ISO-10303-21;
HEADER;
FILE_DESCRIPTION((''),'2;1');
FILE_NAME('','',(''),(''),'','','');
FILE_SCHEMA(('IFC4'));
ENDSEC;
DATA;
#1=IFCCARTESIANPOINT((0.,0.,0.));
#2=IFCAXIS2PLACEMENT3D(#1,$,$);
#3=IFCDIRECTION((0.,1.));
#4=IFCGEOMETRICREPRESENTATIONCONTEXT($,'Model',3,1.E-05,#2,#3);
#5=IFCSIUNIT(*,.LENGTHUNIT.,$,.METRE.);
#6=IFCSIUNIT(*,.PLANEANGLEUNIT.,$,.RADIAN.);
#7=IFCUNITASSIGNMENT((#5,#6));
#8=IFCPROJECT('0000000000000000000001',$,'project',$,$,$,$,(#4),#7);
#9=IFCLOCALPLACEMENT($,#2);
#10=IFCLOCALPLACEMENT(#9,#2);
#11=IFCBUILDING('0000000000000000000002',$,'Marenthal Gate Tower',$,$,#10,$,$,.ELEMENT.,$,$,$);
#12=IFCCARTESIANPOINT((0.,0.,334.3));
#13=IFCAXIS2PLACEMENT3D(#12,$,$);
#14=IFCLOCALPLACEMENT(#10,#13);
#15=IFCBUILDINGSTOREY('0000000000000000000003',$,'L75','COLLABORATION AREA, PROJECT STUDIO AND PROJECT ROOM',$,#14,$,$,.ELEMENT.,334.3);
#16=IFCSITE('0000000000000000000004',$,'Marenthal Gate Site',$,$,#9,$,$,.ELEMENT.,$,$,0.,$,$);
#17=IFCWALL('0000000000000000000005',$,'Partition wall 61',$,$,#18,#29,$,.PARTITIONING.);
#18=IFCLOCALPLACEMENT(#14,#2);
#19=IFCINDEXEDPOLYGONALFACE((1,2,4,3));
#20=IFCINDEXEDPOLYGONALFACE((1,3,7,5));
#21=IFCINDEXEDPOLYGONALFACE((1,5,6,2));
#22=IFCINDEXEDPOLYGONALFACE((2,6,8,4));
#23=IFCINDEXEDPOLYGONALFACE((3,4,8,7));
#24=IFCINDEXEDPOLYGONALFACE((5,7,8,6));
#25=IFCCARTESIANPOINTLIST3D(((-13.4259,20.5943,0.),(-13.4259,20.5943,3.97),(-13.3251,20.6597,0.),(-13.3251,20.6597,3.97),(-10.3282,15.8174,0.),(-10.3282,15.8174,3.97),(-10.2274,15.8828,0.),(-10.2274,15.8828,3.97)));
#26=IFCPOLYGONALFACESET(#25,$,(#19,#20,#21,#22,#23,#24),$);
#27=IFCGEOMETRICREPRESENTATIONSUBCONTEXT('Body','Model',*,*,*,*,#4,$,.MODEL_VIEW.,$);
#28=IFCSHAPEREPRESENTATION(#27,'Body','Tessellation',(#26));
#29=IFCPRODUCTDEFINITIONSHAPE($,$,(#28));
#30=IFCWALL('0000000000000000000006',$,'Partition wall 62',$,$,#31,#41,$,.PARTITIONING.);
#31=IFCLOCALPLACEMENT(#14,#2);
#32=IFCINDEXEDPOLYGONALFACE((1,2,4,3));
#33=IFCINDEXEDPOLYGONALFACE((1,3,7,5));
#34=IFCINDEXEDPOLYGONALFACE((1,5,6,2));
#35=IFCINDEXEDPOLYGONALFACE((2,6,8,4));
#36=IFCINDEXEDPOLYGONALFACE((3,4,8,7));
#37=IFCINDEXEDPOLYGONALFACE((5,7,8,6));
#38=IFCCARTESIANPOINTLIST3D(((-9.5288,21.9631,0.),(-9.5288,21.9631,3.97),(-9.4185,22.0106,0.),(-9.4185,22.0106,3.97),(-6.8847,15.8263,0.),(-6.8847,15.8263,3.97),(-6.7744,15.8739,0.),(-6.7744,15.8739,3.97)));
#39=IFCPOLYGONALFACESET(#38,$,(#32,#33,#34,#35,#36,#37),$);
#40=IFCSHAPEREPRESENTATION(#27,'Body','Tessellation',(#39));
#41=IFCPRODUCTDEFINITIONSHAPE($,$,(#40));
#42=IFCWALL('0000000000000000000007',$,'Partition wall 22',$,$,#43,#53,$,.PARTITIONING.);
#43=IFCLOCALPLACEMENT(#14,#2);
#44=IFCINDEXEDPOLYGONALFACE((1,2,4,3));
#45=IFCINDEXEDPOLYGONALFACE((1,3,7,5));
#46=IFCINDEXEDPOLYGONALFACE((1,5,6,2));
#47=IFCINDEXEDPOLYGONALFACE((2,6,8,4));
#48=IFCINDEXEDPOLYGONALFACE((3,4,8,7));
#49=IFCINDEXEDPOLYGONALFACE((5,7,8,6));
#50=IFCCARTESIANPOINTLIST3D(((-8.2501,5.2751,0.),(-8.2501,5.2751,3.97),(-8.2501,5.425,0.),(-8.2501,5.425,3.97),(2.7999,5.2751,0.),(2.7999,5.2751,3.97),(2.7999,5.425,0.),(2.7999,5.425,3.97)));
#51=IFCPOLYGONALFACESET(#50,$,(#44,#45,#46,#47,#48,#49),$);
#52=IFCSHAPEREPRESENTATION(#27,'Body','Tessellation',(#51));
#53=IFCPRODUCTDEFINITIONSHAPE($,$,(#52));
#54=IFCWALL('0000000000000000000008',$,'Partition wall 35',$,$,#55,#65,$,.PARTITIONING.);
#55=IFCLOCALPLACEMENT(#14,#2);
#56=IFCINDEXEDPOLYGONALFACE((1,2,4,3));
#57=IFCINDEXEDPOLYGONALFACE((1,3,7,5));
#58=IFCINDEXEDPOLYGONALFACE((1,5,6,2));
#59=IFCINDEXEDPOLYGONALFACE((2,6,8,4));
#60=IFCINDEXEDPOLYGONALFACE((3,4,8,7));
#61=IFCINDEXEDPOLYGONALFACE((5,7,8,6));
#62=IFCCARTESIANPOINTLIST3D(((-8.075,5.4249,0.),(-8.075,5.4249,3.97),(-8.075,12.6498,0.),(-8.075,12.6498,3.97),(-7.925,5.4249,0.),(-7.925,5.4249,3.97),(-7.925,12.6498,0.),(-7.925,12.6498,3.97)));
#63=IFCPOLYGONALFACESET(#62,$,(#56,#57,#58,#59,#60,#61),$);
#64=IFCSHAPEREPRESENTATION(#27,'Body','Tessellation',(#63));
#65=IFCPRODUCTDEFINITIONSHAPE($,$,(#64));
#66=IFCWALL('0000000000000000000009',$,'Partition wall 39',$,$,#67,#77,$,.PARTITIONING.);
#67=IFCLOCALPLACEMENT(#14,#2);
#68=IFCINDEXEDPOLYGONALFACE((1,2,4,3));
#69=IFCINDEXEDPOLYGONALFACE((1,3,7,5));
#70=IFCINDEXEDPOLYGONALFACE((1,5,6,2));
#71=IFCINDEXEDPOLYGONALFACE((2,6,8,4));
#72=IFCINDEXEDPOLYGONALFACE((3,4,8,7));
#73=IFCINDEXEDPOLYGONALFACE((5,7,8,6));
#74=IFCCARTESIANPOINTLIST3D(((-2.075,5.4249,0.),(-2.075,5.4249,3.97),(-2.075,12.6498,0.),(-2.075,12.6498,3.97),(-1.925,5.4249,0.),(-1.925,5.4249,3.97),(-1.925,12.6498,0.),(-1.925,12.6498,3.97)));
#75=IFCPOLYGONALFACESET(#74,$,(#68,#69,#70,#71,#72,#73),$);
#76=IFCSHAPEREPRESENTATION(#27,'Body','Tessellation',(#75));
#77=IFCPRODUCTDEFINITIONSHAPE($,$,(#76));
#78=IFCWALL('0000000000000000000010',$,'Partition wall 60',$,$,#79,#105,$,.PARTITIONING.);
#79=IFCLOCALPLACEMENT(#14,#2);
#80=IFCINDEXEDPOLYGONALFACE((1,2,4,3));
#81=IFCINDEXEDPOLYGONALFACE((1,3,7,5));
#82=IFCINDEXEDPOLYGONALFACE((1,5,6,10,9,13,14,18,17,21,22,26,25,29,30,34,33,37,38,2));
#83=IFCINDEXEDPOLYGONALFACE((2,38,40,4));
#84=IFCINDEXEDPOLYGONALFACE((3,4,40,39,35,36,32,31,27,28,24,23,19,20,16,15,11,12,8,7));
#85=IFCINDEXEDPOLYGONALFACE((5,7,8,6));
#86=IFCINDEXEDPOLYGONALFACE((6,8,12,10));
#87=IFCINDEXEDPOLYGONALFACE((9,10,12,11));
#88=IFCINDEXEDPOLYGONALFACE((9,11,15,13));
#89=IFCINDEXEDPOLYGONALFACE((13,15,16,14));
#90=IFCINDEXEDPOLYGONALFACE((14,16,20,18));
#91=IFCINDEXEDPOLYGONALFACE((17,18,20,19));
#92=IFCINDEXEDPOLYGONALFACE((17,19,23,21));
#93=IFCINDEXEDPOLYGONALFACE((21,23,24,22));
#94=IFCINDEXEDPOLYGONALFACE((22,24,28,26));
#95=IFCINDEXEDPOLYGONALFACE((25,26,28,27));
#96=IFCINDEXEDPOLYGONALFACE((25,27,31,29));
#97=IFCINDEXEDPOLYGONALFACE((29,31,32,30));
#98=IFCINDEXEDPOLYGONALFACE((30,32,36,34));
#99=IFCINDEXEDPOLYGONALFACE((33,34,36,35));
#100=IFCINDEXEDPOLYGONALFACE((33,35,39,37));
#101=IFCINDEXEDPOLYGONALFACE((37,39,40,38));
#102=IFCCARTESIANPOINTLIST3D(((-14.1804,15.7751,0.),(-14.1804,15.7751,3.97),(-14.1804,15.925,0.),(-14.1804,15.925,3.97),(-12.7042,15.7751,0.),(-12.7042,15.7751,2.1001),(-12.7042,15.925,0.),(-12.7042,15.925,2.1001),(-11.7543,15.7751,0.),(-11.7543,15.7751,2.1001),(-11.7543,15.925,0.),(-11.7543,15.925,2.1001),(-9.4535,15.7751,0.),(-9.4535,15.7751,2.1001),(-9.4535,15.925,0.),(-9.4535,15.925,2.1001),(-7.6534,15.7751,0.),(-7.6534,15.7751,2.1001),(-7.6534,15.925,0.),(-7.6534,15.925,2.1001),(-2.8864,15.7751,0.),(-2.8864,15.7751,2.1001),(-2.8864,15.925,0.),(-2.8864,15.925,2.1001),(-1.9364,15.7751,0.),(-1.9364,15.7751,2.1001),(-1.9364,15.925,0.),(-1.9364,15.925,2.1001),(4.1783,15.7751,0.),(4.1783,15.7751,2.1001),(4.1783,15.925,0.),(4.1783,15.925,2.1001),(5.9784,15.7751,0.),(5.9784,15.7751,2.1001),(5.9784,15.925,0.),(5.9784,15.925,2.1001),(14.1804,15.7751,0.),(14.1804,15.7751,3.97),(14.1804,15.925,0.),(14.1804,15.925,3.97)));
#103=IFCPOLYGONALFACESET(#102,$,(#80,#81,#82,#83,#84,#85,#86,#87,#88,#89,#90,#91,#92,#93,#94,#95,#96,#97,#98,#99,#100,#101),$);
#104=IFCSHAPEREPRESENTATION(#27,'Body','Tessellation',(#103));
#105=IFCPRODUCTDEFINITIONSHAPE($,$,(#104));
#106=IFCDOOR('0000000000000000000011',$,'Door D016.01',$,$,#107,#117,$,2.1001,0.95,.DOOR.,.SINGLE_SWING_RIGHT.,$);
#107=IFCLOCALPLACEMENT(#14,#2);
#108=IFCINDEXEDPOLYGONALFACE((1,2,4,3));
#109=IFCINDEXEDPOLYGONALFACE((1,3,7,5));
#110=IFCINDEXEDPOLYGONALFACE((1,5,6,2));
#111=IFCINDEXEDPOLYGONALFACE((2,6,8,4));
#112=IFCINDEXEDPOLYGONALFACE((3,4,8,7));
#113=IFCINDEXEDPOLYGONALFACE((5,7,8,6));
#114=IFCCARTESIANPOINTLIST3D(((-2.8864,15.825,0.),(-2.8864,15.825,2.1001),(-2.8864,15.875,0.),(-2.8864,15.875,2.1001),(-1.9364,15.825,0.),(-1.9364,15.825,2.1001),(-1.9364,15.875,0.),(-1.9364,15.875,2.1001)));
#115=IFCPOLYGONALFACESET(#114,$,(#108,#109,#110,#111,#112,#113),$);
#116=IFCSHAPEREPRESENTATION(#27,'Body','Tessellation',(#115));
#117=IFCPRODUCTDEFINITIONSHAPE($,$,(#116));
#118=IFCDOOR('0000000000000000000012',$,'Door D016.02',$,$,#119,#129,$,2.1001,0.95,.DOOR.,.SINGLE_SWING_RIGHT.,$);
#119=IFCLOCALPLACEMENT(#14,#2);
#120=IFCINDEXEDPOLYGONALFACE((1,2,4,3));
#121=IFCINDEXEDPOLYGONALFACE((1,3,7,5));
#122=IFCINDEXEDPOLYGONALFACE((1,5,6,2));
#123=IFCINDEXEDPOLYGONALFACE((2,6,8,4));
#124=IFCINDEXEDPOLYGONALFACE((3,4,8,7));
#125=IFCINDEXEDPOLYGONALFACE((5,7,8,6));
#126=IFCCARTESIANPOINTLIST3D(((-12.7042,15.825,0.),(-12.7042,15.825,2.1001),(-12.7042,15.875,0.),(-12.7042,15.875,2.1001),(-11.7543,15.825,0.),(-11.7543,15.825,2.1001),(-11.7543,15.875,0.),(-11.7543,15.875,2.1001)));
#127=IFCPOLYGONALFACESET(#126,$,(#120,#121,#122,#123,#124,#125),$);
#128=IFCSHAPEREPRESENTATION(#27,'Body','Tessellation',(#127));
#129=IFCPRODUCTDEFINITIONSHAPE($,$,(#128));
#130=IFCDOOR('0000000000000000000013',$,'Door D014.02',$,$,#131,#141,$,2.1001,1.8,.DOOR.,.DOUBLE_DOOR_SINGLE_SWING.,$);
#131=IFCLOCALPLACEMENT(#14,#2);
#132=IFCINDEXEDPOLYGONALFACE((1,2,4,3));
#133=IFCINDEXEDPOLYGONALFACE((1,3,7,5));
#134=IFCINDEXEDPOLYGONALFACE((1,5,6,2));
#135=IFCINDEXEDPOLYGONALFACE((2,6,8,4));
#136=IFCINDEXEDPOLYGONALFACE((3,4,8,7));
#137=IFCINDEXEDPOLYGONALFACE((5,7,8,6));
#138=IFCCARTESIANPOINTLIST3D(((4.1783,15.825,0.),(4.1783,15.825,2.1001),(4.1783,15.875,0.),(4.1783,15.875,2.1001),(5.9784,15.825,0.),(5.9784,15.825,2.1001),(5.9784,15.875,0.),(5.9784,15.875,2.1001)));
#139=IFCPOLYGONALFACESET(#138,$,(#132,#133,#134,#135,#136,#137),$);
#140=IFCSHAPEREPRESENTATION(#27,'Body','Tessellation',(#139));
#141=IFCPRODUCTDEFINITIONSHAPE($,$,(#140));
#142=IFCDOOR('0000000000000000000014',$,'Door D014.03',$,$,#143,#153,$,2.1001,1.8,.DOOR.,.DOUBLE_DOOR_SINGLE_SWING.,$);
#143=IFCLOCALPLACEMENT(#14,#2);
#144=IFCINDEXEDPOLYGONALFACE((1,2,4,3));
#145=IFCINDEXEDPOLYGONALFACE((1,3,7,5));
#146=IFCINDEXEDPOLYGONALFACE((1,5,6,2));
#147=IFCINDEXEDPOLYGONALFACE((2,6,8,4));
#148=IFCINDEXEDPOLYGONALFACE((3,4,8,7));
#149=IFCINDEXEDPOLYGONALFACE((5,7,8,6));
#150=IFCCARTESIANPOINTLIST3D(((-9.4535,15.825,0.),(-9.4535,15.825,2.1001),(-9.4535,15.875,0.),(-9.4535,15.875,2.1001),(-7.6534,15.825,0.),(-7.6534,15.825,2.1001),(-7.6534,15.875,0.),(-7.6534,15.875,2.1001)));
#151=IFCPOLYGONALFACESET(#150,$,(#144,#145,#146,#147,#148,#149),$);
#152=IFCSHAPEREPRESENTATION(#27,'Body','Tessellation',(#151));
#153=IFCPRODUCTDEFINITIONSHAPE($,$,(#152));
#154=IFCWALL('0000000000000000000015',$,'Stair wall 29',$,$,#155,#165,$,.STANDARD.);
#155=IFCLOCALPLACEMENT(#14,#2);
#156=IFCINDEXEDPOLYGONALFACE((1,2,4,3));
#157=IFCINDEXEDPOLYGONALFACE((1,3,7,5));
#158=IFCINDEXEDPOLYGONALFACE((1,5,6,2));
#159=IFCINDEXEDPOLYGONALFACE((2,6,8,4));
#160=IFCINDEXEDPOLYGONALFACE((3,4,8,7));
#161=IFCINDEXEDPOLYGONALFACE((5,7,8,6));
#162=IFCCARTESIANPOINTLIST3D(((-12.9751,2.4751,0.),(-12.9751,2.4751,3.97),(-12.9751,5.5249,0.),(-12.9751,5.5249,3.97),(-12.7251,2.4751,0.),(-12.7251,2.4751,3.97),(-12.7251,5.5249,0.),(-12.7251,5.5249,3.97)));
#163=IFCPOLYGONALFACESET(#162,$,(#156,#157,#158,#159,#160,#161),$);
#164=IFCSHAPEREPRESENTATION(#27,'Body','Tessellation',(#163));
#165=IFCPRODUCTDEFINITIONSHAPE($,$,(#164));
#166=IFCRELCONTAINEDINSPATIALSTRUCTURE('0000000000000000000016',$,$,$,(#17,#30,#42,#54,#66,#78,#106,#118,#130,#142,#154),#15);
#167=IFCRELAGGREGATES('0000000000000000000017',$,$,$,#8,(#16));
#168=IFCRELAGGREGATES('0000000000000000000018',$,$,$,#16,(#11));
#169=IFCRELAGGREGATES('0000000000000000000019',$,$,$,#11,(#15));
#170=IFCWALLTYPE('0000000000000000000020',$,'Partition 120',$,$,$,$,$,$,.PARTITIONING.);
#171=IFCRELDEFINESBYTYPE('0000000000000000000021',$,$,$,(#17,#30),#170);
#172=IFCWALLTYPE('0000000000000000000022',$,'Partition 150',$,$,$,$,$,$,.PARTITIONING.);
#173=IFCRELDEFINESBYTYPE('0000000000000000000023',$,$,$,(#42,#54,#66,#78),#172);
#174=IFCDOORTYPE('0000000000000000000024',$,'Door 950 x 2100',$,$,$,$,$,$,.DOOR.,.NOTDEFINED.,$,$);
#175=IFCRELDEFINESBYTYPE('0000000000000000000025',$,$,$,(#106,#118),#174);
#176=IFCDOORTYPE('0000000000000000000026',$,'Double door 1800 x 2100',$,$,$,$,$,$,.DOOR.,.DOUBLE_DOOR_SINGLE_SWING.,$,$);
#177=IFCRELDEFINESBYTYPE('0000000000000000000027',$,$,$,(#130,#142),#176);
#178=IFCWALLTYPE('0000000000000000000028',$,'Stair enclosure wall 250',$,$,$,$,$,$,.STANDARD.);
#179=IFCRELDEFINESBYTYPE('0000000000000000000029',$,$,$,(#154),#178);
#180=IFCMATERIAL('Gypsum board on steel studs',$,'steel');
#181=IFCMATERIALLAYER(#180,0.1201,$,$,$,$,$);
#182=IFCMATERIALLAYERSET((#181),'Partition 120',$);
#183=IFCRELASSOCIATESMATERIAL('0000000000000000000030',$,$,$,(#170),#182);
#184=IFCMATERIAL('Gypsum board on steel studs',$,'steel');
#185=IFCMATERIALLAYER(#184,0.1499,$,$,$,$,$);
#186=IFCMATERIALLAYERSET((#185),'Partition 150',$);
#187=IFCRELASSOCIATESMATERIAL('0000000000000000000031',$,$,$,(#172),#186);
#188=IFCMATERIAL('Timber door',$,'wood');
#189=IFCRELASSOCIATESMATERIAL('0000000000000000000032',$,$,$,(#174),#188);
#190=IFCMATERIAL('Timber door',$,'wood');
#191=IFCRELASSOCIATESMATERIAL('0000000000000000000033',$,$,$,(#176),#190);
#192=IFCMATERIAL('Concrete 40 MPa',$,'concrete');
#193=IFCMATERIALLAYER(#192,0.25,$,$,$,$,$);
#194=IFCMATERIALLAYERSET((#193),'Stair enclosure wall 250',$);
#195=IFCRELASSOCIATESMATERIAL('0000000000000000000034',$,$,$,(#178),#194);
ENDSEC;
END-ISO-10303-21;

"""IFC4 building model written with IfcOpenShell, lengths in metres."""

from ifc_helpers import new_model, si_unit, direction, frame, frame_2d, origin, place, context, subcontext, project, spatial, rectangle, extrude, material, layer, layer_set, type_object, element, fill, save


model = new_model("IFC4")

# Units and contexts
model_context = context("Model", 3, precision=1e-05, world=origin(), true_north=direction((0.0, 1.0)))
body_context = subcontext(model_context, "Body", "Model", "MODEL_VIEW")
ifc_project = project(units=[si_unit("LENGTHUNIT", "METRE"), si_unit("PLANEANGLEUNIT", "RADIAN")], contexts=[model_context])

# Site, building, storey
site_placement = place(None, origin())
site = spatial("IfcSite", under=ifc_project, at=site_placement, Name="Marenthal Gate Site", CompositionType="ELEMENT", RefElevation=0.0)
building_placement = place(site_placement, origin())
building = spatial("IfcBuilding", under=site, at=building_placement, Name="Marenthal Gate Tower", CompositionType="ELEMENT")
storey_placement = place(building_placement, frame((0.0, 0.0, 334.3)))
storey = spatial("IfcBuildingStorey", under=building, at=storey_placement, Name="L75", Description="COLLABORATION AREA, PROJECT STUDIO AND PROJECT ROOM", CompositionType="ELEMENT", Elevation=334.3)

# Walls
ifc_material_1 = material(Name="Gypsum board on steel studs", Category="steel")
ifc_layer_1 = layer(ifc_material_1, 0.1201)
ifc_layer_set_1 = layer_set([ifc_layer_1], Name="Partition 120")
wall_type_1 = type_object("IfcWallType", Name="Partition 120", PredefinedType="PARTITIONING", material=ifc_layer_set_1)
wall_1_placement = place(storey_placement, frame((-10.2778, 15.8501, 0.0), z_axis=(0.0, 0.0, 1.0), x_axis=(-0.544087, 0.839029, 0.0)))
element("IfcWall", 1, at=wall_1_placement, inside=storey, type_object=wall_type_1, Name="Partition wall 61", PredefinedType="PARTITIONING", context=body_context, shape_type="SweptSolid", body=[
    extrude(rectangle(XDim=5.6934, YDim=0.1201, at=frame_2d((2.8467, 0.0))), origin(), (0.0, 0.0, 1.0), 3.97),
])
wall_2_placement = place(storey_placement, frame((-6.8296, 15.8501, 0.0), z_axis=(0.0, 0.0, 1.0), x_axis=(-0.395691, 0.918384, 0.0)))
element("IfcWall", 2, at=wall_2_placement, inside=storey, type_object=wall_type_1, Name="Partition wall 62", PredefinedType="PARTITIONING", context=body_context, shape_type="SweptSolid", body=[
    extrude(rectangle(XDim=6.6821, YDim=0.1201, at=frame_2d((3.3411, 0.0))), origin(), (0.0, 0.0, 1.0), 3.97),
])
ifc_material_2 = material(Name="Gypsum board on steel studs", Category="steel")
ifc_layer_2 = layer(ifc_material_2, 0.1499)
ifc_layer_set_2 = layer_set([ifc_layer_2], Name="Partition 150")
wall_type_2 = type_object("IfcWallType", Name="Partition 150", PredefinedType="PARTITIONING", material=ifc_layer_set_2)
wall_3_placement = place(storey_placement, frame((-8.25, 5.3501, 0.0), z_axis=(0.0, 0.0, 1.0), x_axis=(1.0, 0.0, 0.0)))
element("IfcWall", 3, at=wall_3_placement, inside=storey, type_object=wall_type_2, Name="Partition wall 22", PredefinedType="PARTITIONING", context=body_context, shape_type="SweptSolid", body=[
    extrude(rectangle(XDim=11.05, YDim=0.1499, at=frame_2d((5.5249, 0.0))), origin(), (0.0, 0.0, 1.0), 3.97),
])
for number, where, z_axis, x_axis, name in (
    (4, (-8.0, 5.425, 0.0), (0.0, 0.0, 1.0), (0.0, 1.0, 0.0), "Partition wall 35"),
    (5, (-2.0, 5.425, 0.0), (0.0, 0.0, 1.0), (0.0, 1.0, 0.0), "Partition wall 39"),
):
    element("IfcWall", number, at=place(storey_placement, frame(where, z_axis=z_axis, x_axis=x_axis)), inside=storey, type_object=wall_type_2, Name=name, PredefinedType="PARTITIONING", context=body_context, shape_type="SweptSolid", body=[
        extrude(rectangle(XDim=7.2249, YDim=0.1499, at=frame_2d((3.6123, 0.0))), origin(), (0.0, 0.0, 1.0), 3.97),
    ])

# Wall, openings, doors
wall_4_placement = place(storey_placement, frame((-14.1804, 15.8501, 0.0), z_axis=(0.0, 0.0, 1.0), x_axis=(1.0, 0.0, 0.0)))
wall_4 = element("IfcWall", 6, at=wall_4_placement, inside=storey, type_object=wall_type_2, Name="Partition wall 60", PredefinedType="PARTITIONING", context=body_context, shape_type="SweptSolid", body=[
    extrude(rectangle(XDim=28.3608, YDim=0.1499, at=frame_2d((14.1804, 0.0))), origin(), (0.0, 0.0, 1.0), 3.97),
])
opening_1_placement = place(wall_4_placement, frame((11.2939, 0.0, 0.0)))
opening_1 = element("IfcOpeningElement", 7, at=opening_1_placement, cuts=wall_4, PredefinedType="OPENING", context=body_context, shape_type="SweptSolid", body=[
    extrude(rectangle(XDim=0.95, YDim=2.1001, at=frame_2d((0.4751, 1.05))), frame((0.0, 0.085, 0.0), z_axis=(0.0, -1.0, 0.0), x_axis=(1.0, 0.0, 0.0)), (0.0, 0.0, 1.0), 0.1699),
])
opening_2_placement = place(wall_4_placement, frame((18.3589, 0.0, 0.0)))
opening_2 = element("IfcOpeningElement", 8, at=opening_2_placement, cuts=wall_4, PredefinedType="OPENING", context=body_context, shape_type="SweptSolid", body=[
    extrude(rectangle(XDim=1.8, YDim=2.1001, at=frame_2d((0.8999, 1.05))), frame((0.0, 0.085, 0.0), z_axis=(0.0, -1.0, 0.0), x_axis=(1.0, 0.0, 0.0)), (0.0, 0.0, 1.0), 0.1699),
])
opening_3_placement = place(wall_4_placement, frame((4.7271, 0.0, 0.0)))
opening_3 = element("IfcOpeningElement", 9, at=opening_3_placement, cuts=wall_4, PredefinedType="OPENING", context=body_context, shape_type="SweptSolid", body=[
    extrude(rectangle(XDim=1.8, YDim=2.1001, at=frame_2d((0.8999, 1.05))), frame((0.0, 0.085, 0.0), z_axis=(0.0, -1.0, 0.0), x_axis=(1.0, 0.0, 0.0)), (0.0, 0.0, 1.0), 0.1699),
])
opening_4_placement = place(wall_4_placement, frame((1.4761, 0.0, 0.0)))
opening_4 = element("IfcOpeningElement", 10, at=opening_4_placement, cuts=wall_4, PredefinedType="OPENING", context=body_context, shape_type="SweptSolid", body=[
    extrude(rectangle(XDim=0.95, YDim=2.1001, at=frame_2d((0.4751, 1.05))), frame((0.0, 0.085, 0.0), z_axis=(0.0, -1.0, 0.0), x_axis=(1.0, 0.0, 0.0)), (0.0, 0.0, 1.0), 0.1699),
])
ifc_material_3 = material(Name="Timber door", Category="wood")
door_type_1 = type_object("IfcDoorType", Name="Door 950 x 2100", OperationType="NOTDEFINED", PredefinedType="DOOR", material=ifc_material_3)
door_1_placement = place(opening_1_placement, origin())
door_1 = element("IfcDoor", 11, at=door_1_placement, inside=storey, type_object=door_type_1, Name="Door D016.01", OperationType="SINGLE_SWING_RIGHT", OverallHeight=2.1001, OverallWidth=0.95, PredefinedType="DOOR", context=body_context, shape_type="SweptSolid", body=[
    extrude(rectangle(XDim=0.95, YDim=2.1001, at=frame_2d((0.4751, 1.05))), frame((0.0, 0.0249, 0.0), z_axis=(0.0, -1.0, 0.0), x_axis=(1.0, 0.0, 0.0)), (0.0, 0.0, 1.0), 0.05),
])
fill(opening_1, door_1)
door_2_placement = place(opening_4_placement, origin())
door_2 = element("IfcDoor", 12, at=door_2_placement, inside=storey, type_object=door_type_1, Name="Door D016.02", OperationType="SINGLE_SWING_RIGHT", OverallHeight=2.1001, OverallWidth=0.95, PredefinedType="DOOR", context=body_context, shape_type="SweptSolid", body=[
    extrude(rectangle(XDim=0.95, YDim=2.1001, at=frame_2d((0.4751, 1.05))), frame((0.0, 0.0249, 0.0), z_axis=(0.0, -1.0, 0.0), x_axis=(1.0, 0.0, 0.0)), (0.0, 0.0, 1.0), 0.05),
])
fill(opening_4, door_2)
ifc_material_4 = material(Name="Timber door", Category="wood")
door_type_2 = type_object("IfcDoorType", Name="Double door 1800 x 2100", OperationType="DOUBLE_DOOR_SINGLE_SWING", PredefinedType="DOOR", material=ifc_material_4)
door_3_placement = place(opening_2_placement, origin())
door_3 = element("IfcDoor", 13, at=door_3_placement, inside=storey, type_object=door_type_2, Name="Door D014.02", OperationType="DOUBLE_DOOR_SINGLE_SWING", OverallHeight=2.1001, OverallWidth=1.8, PredefinedType="DOOR", context=body_context, shape_type="SweptSolid", body=[
    extrude(rectangle(XDim=1.8, YDim=2.1001, at=frame_2d((0.8999, 1.05))), frame((0.0, 0.0249, 0.0), z_axis=(0.0, -1.0, 0.0), x_axis=(1.0, 0.0, 0.0)), (0.0, 0.0, 1.0), 0.05),
])
fill(opening_2, door_3)
door_4_placement = place(opening_3_placement, origin())
door_4 = element("IfcDoor", 14, at=door_4_placement, inside=storey, type_object=door_type_2, Name="Door D014.03", OperationType="DOUBLE_DOOR_SINGLE_SWING", OverallHeight=2.1001, OverallWidth=1.8, PredefinedType="DOOR", context=body_context, shape_type="SweptSolid", body=[
    extrude(rectangle(XDim=1.8, YDim=2.1001, at=frame_2d((0.8999, 1.05))), frame((0.0, 0.0249, 0.0), z_axis=(0.0, -1.0, 0.0), x_axis=(1.0, 0.0, 0.0)), (0.0, 0.0, 1.0), 0.05),
])
fill(opening_3, door_4)

# Wall
ifc_material_5 = material(Name="Concrete 40 MPa", Category="concrete")
ifc_layer_3 = layer(ifc_material_5, 0.25)
ifc_layer_set_3 = layer_set([ifc_layer_3], Name="Stair enclosure wall 250")
wall_type_3 = type_object("IfcWallType", Name="Stair enclosure wall 250", PredefinedType="STANDARD", material=ifc_layer_set_3)
wall_5_placement = place(storey_placement, frame((-12.8501, 2.4751, 0.0), z_axis=(0.0, 0.0, 1.0), x_axis=(0.0, 1.0, 0.0)))
element("IfcWall", 15, at=wall_5_placement, inside=storey, type_object=wall_type_3, Name="Stair wall 29", PredefinedType="STANDARD", context=body_context, shape_type="SweptSolid", body=[
    extrude(rectangle(XDim=3.0498, YDim=0.25, at=frame_2d((1.5249, 0.0))), origin(), (0.0, 0.0, 1.0), 3.97),
])

save(model, "model.ifc")
